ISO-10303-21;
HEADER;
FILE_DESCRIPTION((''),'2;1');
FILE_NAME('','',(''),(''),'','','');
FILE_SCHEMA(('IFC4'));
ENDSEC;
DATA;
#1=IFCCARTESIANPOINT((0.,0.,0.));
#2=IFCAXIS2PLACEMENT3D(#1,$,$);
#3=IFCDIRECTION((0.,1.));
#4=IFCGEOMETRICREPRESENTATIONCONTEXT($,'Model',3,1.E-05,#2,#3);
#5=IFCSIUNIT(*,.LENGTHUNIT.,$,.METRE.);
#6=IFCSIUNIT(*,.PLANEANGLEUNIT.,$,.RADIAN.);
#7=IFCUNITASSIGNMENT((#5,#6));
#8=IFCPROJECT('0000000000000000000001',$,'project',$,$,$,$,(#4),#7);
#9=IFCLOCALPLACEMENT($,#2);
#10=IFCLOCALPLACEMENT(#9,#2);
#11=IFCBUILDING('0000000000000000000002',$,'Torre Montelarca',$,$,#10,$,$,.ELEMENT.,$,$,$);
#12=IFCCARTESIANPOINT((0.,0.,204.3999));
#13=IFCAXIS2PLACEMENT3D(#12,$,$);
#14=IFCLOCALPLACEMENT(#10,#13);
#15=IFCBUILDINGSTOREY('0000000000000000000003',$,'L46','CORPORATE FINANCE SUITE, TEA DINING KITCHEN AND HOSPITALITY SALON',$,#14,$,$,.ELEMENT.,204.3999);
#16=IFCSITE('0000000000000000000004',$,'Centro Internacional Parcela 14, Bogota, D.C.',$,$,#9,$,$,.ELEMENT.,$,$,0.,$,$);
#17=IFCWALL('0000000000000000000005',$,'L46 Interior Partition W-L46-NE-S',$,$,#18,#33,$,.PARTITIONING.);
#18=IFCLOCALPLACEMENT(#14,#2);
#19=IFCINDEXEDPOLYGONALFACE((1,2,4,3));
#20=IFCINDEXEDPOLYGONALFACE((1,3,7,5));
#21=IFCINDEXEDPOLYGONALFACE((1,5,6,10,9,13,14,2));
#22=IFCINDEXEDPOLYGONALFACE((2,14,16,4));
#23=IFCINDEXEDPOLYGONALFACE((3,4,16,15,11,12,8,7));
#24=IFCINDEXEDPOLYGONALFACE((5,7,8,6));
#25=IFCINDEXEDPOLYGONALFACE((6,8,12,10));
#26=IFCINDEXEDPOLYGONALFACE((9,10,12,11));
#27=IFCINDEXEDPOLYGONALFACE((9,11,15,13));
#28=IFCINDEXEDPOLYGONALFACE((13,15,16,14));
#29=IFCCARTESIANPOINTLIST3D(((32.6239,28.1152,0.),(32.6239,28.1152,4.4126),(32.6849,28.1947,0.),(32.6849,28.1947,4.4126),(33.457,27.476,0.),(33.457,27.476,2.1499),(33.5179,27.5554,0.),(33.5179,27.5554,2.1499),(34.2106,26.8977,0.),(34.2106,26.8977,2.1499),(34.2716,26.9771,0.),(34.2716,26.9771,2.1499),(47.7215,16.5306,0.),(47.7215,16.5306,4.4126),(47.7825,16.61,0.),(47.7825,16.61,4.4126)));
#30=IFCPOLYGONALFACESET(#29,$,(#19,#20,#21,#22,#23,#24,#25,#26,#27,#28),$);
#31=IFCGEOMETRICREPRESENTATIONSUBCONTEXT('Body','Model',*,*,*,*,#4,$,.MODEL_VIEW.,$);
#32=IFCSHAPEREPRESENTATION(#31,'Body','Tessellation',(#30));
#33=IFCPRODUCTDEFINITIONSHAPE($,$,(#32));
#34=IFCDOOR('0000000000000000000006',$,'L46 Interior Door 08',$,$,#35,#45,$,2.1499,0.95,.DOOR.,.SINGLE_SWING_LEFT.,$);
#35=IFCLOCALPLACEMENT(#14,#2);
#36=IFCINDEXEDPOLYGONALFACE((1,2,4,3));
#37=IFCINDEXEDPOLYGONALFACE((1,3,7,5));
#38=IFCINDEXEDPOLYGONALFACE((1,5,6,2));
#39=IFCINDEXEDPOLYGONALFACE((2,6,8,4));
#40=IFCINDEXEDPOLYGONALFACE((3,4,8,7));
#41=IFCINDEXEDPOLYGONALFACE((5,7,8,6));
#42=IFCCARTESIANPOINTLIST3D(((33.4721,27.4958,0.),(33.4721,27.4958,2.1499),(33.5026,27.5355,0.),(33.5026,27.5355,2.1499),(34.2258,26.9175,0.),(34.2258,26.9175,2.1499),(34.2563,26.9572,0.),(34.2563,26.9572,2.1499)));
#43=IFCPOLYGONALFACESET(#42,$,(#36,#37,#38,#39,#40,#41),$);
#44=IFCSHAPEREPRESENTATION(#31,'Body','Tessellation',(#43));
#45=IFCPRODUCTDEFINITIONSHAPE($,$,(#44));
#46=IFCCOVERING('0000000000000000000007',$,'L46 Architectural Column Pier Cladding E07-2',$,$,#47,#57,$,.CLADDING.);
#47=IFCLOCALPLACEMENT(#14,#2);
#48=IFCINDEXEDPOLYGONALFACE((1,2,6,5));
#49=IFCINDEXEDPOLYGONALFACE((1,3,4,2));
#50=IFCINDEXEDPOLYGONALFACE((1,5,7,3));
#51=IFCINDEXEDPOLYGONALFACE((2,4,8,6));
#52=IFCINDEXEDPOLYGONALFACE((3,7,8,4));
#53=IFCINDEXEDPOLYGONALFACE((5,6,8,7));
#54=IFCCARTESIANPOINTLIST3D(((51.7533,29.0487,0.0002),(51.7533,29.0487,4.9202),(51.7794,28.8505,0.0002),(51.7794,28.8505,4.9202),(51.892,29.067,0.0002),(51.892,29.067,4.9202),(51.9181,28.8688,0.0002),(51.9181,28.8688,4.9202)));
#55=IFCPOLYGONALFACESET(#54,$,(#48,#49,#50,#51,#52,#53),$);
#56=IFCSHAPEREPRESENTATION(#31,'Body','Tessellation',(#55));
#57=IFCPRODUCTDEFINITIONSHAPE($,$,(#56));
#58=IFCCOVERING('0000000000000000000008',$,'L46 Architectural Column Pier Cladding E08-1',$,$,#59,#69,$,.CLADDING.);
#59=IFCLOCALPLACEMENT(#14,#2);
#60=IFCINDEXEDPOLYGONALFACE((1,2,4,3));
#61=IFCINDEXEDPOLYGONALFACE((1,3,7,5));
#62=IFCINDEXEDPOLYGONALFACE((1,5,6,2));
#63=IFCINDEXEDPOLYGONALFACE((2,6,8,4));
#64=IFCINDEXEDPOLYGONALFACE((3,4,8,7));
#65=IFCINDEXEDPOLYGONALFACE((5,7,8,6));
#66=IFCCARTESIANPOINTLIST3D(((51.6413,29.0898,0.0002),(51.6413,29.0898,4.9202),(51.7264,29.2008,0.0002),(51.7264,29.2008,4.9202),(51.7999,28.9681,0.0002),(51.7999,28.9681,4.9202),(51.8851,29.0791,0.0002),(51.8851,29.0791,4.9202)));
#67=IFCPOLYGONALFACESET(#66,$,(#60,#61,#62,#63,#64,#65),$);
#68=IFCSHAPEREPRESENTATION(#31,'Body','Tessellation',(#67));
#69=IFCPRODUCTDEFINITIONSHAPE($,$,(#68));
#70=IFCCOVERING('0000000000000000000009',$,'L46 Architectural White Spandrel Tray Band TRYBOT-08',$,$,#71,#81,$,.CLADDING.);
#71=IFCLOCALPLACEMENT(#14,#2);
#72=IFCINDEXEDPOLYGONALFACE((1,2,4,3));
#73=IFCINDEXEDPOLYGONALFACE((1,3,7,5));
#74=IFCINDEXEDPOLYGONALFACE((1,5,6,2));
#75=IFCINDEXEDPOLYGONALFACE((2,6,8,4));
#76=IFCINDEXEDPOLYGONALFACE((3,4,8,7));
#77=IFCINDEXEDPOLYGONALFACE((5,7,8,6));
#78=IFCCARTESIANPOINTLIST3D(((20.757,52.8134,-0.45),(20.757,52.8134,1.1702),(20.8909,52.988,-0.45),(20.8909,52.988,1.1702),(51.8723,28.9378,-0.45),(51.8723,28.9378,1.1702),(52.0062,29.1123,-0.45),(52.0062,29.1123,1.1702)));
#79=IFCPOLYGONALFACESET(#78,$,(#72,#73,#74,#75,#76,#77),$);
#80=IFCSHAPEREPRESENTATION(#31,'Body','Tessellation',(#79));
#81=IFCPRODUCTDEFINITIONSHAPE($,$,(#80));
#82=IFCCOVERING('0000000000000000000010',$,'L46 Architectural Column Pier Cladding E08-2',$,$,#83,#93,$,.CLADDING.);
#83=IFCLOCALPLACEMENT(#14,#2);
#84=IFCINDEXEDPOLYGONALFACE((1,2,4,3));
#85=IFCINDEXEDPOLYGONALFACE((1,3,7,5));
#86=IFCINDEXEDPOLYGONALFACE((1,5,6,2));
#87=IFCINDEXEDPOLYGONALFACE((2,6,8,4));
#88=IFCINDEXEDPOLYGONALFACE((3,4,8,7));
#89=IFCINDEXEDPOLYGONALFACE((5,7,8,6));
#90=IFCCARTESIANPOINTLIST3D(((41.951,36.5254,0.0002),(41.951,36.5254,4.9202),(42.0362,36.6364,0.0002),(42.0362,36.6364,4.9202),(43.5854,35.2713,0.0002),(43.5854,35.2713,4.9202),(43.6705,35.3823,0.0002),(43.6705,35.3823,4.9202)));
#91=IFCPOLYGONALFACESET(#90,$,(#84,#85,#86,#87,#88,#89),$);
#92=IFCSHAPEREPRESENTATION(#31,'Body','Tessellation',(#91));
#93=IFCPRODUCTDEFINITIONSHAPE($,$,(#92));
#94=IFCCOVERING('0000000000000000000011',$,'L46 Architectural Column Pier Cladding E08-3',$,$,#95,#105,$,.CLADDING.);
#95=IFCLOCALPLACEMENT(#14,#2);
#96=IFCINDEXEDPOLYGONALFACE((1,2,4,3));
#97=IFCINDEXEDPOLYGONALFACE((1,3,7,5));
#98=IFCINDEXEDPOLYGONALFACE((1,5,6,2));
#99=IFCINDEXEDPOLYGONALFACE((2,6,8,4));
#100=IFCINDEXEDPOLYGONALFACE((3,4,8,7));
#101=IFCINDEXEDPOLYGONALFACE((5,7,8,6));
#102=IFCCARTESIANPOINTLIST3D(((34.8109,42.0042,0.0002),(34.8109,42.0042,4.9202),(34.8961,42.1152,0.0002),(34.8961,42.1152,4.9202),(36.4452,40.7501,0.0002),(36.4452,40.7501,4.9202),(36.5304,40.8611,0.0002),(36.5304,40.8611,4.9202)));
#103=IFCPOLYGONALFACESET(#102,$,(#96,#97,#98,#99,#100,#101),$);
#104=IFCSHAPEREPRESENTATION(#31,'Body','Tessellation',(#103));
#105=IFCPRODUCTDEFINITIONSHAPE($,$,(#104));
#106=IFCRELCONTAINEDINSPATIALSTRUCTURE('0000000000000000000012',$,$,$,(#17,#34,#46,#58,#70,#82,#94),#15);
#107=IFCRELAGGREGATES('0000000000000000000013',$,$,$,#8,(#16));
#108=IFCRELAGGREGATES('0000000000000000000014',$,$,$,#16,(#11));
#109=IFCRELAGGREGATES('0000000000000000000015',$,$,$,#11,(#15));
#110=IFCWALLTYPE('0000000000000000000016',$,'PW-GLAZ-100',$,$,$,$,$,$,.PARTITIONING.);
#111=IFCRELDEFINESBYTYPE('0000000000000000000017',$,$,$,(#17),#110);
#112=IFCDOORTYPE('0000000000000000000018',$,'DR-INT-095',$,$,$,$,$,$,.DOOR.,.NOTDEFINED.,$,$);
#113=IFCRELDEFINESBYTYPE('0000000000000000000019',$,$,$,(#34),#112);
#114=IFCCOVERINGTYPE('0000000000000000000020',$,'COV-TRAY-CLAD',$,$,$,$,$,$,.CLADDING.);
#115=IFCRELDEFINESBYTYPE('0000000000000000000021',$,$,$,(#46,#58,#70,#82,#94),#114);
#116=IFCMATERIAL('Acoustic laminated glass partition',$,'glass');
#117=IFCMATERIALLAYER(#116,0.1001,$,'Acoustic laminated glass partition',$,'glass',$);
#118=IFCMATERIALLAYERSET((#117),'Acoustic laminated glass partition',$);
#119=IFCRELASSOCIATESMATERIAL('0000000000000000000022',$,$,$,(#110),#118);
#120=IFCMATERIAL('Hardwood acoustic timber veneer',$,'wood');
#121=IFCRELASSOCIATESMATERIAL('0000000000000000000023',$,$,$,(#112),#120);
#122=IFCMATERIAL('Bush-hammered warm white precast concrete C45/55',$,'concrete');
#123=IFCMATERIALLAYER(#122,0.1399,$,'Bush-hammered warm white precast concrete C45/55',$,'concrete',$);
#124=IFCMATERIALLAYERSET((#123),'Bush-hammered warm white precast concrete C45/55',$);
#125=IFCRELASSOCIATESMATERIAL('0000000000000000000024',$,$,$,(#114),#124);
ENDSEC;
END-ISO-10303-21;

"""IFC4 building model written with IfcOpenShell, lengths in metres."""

from ifc_helpers import new_model, si_unit, direction, frame, frame_2d, origin, origin_2d, place, context, subcontext, project, spatial, rectangle, extrude, source, transform, mapped, material, layer, layer_set, type_object, element, fill, save


model = new_model("IFC4")

# Units and contexts
model_context = context("Model", 3, precision=1e-05, world=origin(), true_north=direction((0.0, 1.0)))
body_context = subcontext(model_context, "Body", "Model", "MODEL_VIEW")
ifc_project = project(units=[si_unit("LENGTHUNIT", "METRE"), si_unit("PLANEANGLEUNIT", "RADIAN")], contexts=[model_context])

# Site, building, storey
site_placement = place(None, origin())
site = spatial("IfcSite", under=ifc_project, at=site_placement, Name="Centro Internacional Parcela 14, Bogota, D.C.", CompositionType="ELEMENT", RefElevation=0.0)
building_placement = place(site_placement, origin())
building = spatial("IfcBuilding", under=site, at=building_placement, Name="Torre Montelarca", CompositionType="ELEMENT")
storey_placement = place(building_placement, frame((0.0, 0.0, 204.3999)))
storey = spatial("IfcBuildingStorey", under=building, at=storey_placement, Name="L46", Description="CORPORATE FINANCE SUITE, TEA DINING KITCHEN AND HOSPITALITY SALON", CompositionType="ELEMENT", Elevation=204.3999)

# Wall, opening, door
ifc_material_1 = material(Name="Acoustic laminated glass partition", Category="glass")
ifc_layer_1 = layer(ifc_material_1, 0.1001, Name="Acoustic laminated glass partition", Category="glass")
ifc_layer_set_1 = layer_set([ifc_layer_1], Name="Acoustic laminated glass partition")
wall_type = type_object("IfcWallType", Name="PW-GLAZ-100", PredefinedType="PARTITIONING", material=ifc_layer_set_1)
wall_placement = place(storey_placement, frame((32.6543, 28.155, 0.0), z_axis=(0.0, 0.0, 1.0), x_axis=(0.793356, -0.608757, 0.0)))
wall = element("IfcWall", 1, at=wall_placement, inside=storey, type_object=wall_type, Name="L46 Interior Partition W-L46-NE-S", PredefinedType="PARTITIONING", context=body_context, shape_type="SweptSolid", body=[
    extrude(rectangle(XDim=19.03, YDim=0.1001, at=frame_2d((9.5151, 0.0))), origin(), (0.0, 0.0, 1.0), 4.4126),
])
opening_placement = place(wall_placement, frame((1.05, 0.0, 0.0)))
opening = element("IfcOpeningElement", 2, at=opening_placement, cuts=wall, PredefinedType="OPENING", context=body_context, shape_type="SweptSolid", body=[
    extrude(rectangle(XDim=0.95, YDim=2.1499, at=frame_2d((0.4751, 1.075))), frame((0.0, 0.0601, 0.0), z_axis=(0.0, -1.0, 0.0), x_axis=(1.0, 0.0, 0.0)), (0.0, 0.0, 1.0), 0.1201),
])
ifc_material_2 = material(Name="Hardwood acoustic timber veneer", Category="wood")
door_type = type_object("IfcDoorType", Name="DR-INT-095", OperationType="NOTDEFINED", PredefinedType="DOOR", material=ifc_material_2)
shared_shape_1 = source(origin(), body_context, "Body", "SweptSolid", [
    extrude(rectangle(XDim=0.95, YDim=2.1499, at=frame_2d((0.4751, 1.075))), frame((0.0, 0.0249, 0.0), z_axis=(0.0, -1.0, 0.0), x_axis=(1.0, 0.0, 0.0)), (0.0, 0.0, 1.0), 0.05),
])
door_placement = place(opening_placement, origin())
door = element("IfcDoor", 3, at=door_placement, inside=storey, type_object=door_type, Name="L46 Interior Door 08", OperationType="SINGLE_SWING_LEFT", OverallHeight=2.1499, OverallWidth=0.95, PredefinedType="DOOR", context=body_context, shape_type="MappedRepresentation", body=[
    mapped(shared_shape_1, transform((0.0, 0.0, 0.0), scale=1.0)),
])
fill(opening, door)

# Coverings
ifc_material_3 = material(Name="Bush-hammered warm white precast concrete C45/55", Category="concrete")
ifc_layer_2 = layer(ifc_material_3, 0.1399, Name="Bush-hammered warm white precast concrete C45/55", Category="concrete")
ifc_layer_set_2 = layer_set([ifc_layer_2], Name="Bush-hammered warm white precast concrete C45/55")
covering_type = type_object("IfcCoveringType", Name="COV-TRAY-CLAD", PredefinedType="CLADDING", material=ifc_layer_set_2)
shared_shape_2 = source(origin(), body_context, "Body", "SweptSolid", [
    extrude(rectangle(XDim=0.2, YDim=0.1399, at=origin_2d()), origin(), (0.0, 0.0, 1.0), 4.9199),
])
for number, where, z_axis, x_axis, name in (
    (4, (51.8357, 28.9587, 0.0002), (0.0, 0.0, 1.0), (-0.130531, 0.991444, 0.0), "L46 Architectural Column Pier Cladding E07-2"),
    (5, (51.7632, 29.0845, 0.0002), (0.0, 0.0, 1.0), (-0.793352, 0.608763, 0.0), "L46 Architectural Column Pier Cladding E08-1"),
):
    element("IfcCovering", number, at=place(storey_placement, frame(where, z_axis=z_axis, x_axis=x_axis)), inside=storey, type_object=covering_type, Name=name, PredefinedType="CLADDING", context=body_context, shape_type="MappedRepresentation", body=[
        mapped(shared_shape_2, transform((0.0, 0.0, 0.0), scale=1.0)),
    ])
shared_shape_3 = source(origin(), body_context, "Body", "SweptSolid", [
    extrude(rectangle(XDim=39.22, YDim=0.22, at=origin_2d()), origin(), (0.0, 0.0, 1.0), 1.6201),
])
covering_placement = place(storey_placement, frame((36.3816, 40.9629, -0.45), z_axis=(0.0, 0.0, 1.0), x_axis=(-0.793353, 0.608761, 0.0)))
element("IfcCovering", 6, at=covering_placement, inside=storey, type_object=covering_type, Name="L46 Architectural White Spandrel Tray Band TRYBOT-08", PredefinedType="CLADDING", context=body_context, shape_type="MappedRepresentation", body=[
    mapped(shared_shape_3, transform((0.0, 0.0, 0.0), scale=1.0)),
])
shared_shape_4 = source(origin(), body_context, "Body", "SweptSolid", [
    extrude(rectangle(XDim=2.0601, YDim=0.1399, at=origin_2d()), origin(), (0.0, 0.0, 1.0), 4.9199),
])
for number, where, z_axis, x_axis, name in (
    (7, (42.8108, 35.9539, 0.0002), (0.0, 0.0, 1.0), (-0.793352, 0.608763, 0.0), "L46 Architectural Column Pier Cladding E08-2"),
    (8, (35.6707, 41.4326, 0.0002), (0.0, 0.0, 1.0), (-0.793352, 0.608763, 0.0), "L46 Architectural Column Pier Cladding E08-3"),
):
    element("IfcCovering", number, at=place(storey_placement, frame(where, z_axis=z_axis, x_axis=x_axis)), inside=storey, type_object=covering_type, Name=name, PredefinedType="CLADDING", context=body_context, shape_type="MappedRepresentation", body=[
        mapped(shared_shape_4, transform((0.0, 0.0, 0.0), scale=1.0)),
    ])

save(model, "model.ifc")
